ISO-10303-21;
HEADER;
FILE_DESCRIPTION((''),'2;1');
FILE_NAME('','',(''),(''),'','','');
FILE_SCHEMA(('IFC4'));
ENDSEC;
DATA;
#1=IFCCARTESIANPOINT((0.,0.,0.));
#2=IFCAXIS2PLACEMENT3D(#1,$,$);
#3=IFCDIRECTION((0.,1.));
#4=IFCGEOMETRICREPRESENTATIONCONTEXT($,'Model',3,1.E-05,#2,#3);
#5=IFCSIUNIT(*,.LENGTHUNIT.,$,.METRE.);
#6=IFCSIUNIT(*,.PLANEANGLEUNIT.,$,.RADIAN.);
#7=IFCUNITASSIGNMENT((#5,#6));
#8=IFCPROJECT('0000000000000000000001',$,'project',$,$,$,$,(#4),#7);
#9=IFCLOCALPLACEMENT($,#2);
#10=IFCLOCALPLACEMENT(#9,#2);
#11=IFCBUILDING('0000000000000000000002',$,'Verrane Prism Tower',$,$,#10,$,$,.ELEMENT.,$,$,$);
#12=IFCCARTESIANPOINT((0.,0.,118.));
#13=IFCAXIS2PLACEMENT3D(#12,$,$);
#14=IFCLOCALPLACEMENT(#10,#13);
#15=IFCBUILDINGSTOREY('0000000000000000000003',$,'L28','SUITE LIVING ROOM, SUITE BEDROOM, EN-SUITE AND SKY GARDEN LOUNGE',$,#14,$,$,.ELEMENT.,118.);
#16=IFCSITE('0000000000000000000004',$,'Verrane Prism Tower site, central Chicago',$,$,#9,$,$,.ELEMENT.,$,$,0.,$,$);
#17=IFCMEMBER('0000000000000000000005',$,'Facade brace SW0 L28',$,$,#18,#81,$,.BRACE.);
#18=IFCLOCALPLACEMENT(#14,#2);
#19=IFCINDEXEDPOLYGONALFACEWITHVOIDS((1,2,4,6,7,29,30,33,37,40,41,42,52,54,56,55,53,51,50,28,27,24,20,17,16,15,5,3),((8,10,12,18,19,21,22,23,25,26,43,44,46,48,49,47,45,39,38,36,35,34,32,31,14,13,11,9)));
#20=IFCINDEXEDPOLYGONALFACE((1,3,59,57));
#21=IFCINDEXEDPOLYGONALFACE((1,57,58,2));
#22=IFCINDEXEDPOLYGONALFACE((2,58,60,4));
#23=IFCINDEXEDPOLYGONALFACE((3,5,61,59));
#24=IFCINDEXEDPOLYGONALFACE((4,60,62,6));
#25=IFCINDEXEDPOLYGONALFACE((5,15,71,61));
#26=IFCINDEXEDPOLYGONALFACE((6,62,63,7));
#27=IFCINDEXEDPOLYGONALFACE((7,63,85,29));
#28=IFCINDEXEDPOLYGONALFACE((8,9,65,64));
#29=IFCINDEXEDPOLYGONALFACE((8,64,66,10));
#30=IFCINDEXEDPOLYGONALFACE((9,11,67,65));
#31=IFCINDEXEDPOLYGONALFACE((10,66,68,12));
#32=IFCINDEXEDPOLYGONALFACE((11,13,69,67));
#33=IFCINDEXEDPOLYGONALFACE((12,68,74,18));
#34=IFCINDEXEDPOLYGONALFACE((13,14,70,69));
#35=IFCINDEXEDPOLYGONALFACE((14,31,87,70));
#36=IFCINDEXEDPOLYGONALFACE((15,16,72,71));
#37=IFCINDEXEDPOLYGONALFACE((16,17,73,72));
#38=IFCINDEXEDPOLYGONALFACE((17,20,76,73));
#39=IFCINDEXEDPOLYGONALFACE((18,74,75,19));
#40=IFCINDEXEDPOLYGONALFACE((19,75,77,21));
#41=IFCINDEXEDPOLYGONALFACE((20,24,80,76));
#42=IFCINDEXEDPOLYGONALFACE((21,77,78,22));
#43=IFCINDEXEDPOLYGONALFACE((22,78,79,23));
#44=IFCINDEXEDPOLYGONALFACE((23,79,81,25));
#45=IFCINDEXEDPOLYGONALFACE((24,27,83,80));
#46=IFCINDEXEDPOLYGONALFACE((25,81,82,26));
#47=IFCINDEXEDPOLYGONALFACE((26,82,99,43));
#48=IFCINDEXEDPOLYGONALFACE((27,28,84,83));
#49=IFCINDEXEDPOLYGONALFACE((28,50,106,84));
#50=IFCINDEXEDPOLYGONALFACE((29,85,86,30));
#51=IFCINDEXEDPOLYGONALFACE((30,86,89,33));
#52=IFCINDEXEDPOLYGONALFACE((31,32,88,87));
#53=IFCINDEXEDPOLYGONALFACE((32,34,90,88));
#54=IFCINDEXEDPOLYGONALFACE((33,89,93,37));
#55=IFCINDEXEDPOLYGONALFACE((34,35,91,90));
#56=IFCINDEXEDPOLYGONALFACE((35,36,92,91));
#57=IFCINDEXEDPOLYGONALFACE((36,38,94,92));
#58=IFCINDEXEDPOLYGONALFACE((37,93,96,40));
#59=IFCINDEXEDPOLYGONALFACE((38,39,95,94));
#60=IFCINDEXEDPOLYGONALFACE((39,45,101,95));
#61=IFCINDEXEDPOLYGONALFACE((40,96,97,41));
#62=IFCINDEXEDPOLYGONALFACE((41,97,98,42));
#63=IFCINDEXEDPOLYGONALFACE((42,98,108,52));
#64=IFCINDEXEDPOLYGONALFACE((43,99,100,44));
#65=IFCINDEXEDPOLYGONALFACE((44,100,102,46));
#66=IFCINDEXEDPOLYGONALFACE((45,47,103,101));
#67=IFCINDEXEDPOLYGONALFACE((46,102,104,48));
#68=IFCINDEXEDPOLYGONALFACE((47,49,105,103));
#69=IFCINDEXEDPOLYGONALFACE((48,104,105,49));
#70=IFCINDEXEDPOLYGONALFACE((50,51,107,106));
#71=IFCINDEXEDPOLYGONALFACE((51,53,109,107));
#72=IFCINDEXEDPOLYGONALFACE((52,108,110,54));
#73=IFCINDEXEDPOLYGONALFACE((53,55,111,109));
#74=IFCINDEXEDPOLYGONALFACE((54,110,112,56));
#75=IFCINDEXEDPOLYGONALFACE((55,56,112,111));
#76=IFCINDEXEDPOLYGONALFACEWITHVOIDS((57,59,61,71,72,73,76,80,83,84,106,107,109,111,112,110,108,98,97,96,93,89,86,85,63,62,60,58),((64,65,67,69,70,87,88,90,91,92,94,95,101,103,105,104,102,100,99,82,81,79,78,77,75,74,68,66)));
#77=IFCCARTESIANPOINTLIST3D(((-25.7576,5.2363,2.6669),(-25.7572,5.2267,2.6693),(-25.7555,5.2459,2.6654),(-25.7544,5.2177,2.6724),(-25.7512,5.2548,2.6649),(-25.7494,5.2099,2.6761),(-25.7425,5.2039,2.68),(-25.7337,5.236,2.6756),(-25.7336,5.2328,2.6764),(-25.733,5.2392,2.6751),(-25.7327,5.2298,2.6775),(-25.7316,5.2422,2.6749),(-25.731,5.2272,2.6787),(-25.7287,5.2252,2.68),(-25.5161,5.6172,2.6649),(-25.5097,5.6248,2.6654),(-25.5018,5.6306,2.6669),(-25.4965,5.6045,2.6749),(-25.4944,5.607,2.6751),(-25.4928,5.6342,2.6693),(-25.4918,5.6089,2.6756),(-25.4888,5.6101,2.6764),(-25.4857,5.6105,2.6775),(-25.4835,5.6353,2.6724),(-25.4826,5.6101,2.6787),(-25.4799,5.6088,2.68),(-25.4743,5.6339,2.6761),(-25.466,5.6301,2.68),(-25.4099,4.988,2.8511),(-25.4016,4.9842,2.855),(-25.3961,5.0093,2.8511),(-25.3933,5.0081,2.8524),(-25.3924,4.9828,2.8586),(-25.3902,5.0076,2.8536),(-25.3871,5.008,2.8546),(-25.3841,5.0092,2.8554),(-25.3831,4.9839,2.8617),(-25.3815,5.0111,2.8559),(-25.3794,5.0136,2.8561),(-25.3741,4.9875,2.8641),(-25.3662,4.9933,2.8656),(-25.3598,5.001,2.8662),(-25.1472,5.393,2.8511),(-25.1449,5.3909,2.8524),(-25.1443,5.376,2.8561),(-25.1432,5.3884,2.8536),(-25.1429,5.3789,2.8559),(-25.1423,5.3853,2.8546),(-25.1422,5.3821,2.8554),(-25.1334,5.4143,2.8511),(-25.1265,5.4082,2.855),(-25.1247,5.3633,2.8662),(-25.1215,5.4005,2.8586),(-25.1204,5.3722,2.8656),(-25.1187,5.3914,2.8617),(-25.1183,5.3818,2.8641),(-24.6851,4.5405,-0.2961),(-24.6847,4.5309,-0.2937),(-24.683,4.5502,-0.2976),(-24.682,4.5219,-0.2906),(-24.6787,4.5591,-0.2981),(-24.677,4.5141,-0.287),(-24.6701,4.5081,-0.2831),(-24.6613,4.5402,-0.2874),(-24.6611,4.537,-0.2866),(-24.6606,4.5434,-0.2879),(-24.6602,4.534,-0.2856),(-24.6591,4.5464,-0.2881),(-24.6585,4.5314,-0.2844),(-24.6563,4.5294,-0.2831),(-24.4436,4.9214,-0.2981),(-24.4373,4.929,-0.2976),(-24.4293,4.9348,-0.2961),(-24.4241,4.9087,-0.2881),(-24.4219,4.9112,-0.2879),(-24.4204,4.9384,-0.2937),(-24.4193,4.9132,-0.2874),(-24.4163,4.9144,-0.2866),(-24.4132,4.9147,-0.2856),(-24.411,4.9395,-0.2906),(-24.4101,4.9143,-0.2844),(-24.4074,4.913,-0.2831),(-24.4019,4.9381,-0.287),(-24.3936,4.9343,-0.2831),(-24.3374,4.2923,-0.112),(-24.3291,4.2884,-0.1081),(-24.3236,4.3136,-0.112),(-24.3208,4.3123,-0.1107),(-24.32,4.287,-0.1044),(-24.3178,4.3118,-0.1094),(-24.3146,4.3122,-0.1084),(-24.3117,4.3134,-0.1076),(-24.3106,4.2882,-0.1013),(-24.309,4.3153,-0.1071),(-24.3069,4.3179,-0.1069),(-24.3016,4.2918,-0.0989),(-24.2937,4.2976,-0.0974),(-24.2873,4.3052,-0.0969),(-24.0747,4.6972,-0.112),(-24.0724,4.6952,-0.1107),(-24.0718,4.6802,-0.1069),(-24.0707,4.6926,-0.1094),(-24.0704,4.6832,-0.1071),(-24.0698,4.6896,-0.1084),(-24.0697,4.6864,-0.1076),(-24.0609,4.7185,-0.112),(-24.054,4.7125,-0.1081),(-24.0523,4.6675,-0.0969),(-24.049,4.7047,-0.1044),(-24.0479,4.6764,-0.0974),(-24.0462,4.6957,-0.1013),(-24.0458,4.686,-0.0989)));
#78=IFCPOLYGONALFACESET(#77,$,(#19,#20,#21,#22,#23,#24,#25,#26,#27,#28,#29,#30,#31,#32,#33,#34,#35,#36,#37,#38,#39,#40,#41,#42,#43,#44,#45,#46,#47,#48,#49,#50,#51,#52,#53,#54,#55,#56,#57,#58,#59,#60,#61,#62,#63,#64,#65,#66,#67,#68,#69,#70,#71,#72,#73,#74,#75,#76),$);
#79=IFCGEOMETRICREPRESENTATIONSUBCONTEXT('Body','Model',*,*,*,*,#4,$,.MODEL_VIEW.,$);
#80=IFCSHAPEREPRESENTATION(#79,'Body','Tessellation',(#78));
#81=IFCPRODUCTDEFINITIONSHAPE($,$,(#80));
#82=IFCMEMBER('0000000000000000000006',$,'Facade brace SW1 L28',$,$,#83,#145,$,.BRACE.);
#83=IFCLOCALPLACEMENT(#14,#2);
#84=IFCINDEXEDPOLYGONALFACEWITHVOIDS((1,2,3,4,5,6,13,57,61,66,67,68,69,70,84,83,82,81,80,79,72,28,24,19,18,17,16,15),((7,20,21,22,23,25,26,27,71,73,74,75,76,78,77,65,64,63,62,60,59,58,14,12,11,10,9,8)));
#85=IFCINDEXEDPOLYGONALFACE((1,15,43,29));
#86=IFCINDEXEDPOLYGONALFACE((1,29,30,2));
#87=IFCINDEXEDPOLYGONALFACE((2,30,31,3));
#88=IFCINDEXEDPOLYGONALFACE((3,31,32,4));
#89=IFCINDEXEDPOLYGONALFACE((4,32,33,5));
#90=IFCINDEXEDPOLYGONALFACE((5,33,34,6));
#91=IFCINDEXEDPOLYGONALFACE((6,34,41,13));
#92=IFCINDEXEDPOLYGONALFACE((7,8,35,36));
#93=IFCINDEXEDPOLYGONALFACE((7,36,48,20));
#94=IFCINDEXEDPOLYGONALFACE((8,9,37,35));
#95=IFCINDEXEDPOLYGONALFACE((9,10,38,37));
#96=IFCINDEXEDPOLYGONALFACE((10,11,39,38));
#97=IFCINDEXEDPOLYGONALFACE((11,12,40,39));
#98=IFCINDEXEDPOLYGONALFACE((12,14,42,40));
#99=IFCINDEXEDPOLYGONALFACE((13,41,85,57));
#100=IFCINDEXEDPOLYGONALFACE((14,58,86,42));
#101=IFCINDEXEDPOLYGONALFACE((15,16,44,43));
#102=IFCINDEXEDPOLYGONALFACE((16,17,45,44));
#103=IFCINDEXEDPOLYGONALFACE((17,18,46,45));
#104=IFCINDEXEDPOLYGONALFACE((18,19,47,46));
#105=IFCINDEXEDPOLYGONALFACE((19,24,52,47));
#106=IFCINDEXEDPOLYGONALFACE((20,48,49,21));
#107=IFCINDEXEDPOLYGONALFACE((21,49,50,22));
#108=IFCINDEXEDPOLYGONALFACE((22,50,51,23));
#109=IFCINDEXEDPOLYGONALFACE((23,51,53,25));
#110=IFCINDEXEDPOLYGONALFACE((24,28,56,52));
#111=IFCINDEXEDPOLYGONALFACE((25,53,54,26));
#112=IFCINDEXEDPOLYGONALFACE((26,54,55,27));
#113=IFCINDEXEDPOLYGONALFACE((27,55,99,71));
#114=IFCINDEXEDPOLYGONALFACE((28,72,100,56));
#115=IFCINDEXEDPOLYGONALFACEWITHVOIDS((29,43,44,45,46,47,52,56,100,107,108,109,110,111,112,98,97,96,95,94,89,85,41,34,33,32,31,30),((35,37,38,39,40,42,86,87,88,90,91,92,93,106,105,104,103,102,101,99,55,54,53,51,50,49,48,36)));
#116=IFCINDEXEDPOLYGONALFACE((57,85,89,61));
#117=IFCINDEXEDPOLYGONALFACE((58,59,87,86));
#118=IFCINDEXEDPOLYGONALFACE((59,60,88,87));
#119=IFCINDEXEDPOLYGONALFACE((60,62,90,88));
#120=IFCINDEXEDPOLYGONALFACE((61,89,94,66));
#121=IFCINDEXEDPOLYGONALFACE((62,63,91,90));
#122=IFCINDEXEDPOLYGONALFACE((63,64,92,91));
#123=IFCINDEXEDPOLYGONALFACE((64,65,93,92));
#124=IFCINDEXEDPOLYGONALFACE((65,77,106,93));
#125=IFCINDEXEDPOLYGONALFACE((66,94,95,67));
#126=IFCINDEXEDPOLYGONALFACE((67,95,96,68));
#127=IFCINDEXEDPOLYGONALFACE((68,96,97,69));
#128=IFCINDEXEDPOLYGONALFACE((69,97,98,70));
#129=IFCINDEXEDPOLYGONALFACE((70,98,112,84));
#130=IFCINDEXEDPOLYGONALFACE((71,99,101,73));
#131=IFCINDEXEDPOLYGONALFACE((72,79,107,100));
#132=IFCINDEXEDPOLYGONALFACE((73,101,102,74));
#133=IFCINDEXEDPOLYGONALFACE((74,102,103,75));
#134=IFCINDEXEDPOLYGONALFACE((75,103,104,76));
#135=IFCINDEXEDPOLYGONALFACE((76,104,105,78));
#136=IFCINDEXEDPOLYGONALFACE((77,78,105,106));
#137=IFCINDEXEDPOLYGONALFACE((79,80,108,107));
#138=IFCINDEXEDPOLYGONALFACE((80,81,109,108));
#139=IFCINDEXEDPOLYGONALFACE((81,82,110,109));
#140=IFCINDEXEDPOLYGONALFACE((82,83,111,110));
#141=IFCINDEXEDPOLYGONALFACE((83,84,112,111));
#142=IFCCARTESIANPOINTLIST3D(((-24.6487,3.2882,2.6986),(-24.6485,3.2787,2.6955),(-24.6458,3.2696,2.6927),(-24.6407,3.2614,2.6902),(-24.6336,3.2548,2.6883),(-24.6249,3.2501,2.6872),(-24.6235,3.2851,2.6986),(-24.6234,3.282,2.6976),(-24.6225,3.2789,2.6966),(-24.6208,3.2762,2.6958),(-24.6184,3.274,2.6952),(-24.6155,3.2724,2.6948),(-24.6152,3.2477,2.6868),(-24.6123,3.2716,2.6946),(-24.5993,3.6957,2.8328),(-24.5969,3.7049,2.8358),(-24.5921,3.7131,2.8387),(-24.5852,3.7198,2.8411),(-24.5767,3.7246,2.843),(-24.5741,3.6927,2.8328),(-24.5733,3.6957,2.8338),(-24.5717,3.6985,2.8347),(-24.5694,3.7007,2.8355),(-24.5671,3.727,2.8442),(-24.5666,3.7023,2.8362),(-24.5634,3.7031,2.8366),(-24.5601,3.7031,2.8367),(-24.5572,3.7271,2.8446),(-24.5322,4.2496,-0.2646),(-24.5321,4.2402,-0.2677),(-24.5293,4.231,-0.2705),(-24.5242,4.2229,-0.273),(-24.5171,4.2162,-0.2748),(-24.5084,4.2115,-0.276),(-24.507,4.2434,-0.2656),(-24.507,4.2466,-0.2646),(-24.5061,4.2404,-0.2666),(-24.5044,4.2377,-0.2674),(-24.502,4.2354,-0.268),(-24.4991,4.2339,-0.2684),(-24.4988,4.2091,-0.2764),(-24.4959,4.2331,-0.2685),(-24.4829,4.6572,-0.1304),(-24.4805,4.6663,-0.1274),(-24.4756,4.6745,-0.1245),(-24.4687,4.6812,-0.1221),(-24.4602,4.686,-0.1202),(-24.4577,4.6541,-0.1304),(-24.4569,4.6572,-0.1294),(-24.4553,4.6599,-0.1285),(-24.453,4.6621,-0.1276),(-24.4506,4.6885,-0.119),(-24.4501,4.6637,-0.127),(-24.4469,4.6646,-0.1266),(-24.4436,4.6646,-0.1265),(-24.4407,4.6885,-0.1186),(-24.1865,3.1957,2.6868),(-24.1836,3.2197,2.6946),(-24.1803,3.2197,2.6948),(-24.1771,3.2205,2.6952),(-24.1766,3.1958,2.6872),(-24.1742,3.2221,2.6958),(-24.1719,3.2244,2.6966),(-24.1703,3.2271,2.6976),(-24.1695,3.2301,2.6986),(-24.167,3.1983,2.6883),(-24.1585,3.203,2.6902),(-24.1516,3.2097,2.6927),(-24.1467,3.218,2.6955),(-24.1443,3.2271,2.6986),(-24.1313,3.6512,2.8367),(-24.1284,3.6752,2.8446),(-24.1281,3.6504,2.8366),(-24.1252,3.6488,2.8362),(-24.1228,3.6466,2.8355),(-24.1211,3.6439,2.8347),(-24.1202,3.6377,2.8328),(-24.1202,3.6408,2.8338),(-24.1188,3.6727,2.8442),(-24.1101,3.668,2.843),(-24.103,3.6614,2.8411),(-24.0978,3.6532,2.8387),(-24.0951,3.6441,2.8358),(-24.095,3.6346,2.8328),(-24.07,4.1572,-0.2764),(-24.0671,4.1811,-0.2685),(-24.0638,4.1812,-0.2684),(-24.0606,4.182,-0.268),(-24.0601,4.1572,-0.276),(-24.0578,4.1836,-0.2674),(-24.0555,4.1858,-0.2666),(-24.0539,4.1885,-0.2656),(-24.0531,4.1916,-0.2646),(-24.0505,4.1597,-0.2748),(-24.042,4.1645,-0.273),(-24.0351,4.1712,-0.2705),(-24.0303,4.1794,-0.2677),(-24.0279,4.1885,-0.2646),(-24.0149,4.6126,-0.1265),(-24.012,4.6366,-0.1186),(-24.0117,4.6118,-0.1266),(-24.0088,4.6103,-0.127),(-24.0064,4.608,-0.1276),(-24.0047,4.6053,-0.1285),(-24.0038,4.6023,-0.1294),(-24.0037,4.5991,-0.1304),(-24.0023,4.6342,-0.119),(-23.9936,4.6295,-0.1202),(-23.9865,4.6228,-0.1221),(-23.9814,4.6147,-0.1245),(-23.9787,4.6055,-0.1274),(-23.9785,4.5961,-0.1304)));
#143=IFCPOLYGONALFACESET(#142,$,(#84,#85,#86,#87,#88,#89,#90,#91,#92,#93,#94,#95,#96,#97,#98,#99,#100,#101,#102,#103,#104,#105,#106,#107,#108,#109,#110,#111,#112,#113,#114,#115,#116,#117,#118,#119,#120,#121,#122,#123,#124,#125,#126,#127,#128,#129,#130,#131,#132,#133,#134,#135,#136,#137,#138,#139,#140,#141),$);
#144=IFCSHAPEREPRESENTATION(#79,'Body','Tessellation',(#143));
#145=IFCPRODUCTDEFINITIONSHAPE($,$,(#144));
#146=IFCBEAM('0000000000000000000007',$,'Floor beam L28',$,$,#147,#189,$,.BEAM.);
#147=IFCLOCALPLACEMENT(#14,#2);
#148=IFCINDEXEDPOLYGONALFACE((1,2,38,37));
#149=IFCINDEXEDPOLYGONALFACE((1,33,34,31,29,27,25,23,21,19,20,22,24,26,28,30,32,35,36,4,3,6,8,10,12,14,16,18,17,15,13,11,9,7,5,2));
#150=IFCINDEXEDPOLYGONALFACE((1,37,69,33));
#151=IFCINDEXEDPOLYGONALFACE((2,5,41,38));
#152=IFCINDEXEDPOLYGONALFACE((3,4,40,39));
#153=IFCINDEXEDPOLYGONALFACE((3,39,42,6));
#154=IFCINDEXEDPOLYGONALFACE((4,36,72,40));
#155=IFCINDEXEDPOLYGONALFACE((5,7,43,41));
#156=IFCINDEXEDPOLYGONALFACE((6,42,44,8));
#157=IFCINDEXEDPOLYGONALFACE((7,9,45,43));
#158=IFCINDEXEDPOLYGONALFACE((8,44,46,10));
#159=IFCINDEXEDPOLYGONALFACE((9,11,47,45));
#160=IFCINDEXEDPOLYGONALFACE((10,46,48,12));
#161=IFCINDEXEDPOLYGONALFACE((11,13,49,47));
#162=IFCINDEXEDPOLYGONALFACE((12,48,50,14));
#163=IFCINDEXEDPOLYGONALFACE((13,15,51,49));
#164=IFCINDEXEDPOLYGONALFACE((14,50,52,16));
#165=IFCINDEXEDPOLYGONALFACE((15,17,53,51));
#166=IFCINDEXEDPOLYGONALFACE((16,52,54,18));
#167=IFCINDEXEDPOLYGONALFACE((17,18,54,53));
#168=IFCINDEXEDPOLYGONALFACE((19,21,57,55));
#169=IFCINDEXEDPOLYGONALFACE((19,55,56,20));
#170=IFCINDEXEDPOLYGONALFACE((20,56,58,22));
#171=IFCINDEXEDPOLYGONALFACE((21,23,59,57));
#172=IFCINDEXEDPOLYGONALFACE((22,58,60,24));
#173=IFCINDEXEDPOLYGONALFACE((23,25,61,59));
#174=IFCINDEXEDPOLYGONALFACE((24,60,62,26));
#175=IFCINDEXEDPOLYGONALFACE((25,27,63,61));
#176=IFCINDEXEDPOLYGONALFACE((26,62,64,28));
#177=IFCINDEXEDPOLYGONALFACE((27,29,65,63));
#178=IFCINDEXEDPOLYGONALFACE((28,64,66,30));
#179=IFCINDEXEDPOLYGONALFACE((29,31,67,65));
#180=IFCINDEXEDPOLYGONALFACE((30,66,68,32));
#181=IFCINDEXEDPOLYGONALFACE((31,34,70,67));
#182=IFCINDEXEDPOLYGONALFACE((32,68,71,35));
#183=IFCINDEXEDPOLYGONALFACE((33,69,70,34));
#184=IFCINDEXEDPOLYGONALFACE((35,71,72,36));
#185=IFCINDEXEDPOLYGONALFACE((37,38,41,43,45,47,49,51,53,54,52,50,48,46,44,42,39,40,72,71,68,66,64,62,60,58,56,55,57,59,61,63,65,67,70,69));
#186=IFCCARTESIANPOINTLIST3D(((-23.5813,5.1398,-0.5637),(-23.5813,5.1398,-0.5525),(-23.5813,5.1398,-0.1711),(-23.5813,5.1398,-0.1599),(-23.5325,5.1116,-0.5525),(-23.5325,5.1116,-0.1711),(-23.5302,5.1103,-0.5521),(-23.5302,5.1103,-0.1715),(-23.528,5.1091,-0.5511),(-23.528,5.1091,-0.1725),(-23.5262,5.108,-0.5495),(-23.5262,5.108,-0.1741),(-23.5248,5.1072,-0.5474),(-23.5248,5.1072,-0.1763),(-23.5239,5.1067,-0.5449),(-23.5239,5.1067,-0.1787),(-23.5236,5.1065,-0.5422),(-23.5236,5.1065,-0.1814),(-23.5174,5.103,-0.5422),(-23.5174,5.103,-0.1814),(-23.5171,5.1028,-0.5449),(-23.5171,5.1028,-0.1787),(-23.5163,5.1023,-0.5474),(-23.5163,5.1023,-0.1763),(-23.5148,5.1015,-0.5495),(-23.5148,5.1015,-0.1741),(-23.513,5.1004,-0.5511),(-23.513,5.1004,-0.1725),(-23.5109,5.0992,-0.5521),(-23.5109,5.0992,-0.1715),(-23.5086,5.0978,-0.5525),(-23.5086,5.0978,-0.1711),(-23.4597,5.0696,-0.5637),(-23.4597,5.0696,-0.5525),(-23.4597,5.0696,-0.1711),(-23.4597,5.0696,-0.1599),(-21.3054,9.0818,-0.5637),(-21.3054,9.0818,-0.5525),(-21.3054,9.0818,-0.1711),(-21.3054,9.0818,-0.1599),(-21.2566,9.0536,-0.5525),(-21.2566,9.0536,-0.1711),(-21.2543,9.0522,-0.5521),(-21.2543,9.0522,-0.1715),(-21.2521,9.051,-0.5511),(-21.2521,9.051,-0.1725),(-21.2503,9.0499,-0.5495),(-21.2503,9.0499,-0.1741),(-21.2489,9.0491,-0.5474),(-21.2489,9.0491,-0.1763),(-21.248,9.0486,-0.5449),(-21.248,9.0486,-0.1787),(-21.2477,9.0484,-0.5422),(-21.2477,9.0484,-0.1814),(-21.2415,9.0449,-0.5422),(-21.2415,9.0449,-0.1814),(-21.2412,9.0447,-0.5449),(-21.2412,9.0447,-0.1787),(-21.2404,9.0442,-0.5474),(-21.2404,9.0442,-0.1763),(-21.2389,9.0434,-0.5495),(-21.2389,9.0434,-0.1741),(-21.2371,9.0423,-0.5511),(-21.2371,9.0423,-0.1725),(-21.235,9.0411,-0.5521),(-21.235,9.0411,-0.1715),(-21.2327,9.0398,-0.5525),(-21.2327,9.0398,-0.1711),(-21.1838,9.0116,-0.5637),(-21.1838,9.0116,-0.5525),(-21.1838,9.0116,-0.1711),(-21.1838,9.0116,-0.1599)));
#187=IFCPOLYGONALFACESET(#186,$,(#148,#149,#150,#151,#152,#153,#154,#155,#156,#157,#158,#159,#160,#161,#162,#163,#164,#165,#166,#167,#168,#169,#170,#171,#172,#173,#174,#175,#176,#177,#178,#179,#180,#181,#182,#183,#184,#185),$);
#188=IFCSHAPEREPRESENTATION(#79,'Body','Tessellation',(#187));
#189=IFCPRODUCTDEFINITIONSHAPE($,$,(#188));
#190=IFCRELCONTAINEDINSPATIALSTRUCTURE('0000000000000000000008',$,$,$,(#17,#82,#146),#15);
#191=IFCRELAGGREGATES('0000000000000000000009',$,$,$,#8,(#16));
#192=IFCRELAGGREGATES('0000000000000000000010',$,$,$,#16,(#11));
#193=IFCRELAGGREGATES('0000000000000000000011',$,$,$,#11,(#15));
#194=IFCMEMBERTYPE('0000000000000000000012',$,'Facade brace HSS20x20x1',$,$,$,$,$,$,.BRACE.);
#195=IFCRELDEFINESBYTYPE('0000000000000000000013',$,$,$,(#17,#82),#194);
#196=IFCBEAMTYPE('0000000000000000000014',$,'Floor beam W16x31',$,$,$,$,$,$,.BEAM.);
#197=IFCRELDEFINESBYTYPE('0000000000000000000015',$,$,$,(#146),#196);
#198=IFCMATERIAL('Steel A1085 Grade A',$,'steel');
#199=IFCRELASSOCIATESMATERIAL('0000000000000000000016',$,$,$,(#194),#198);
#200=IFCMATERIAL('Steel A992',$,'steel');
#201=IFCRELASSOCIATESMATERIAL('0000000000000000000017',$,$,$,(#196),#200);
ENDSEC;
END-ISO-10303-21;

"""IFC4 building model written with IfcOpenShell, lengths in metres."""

from ifc_helpers import new_model, si_unit, direction, frame, origin, origin_2d, place, context, subcontext, project, spatial, hollow_rectangle, i_section, extrude, material, material_profile, profile_set, type_object, element, save


model = new_model("IFC4")

# Units and contexts
model_context = context("Model", 3, precision=1e-05, world=origin(), true_north=direction((0.0, 1.0)))
body_context = subcontext(model_context, "Body", "Model", "MODEL_VIEW")
ifc_project = project(units=[si_unit("LENGTHUNIT", "METRE"), si_unit("PLANEANGLEUNIT", "RADIAN")], contexts=[model_context])

# Site, building, storey
site_placement = place(None, origin())
site = spatial("IfcSite", under=ifc_project, at=site_placement, Name="Verrane Prism Tower site, central Chicago", CompositionType="ELEMENT", RefElevation=0.0)
building_placement = place(site_placement, origin())
building = spatial("IfcBuilding", under=site, at=building_placement, Name="Verrane Prism Tower", CompositionType="ELEMENT")
storey_placement = place(building_placement, frame((0.0, 0.0, 118.0)))
storey = spatial("IfcBuildingStorey", under=building, at=storey_placement, Name="L28", Description="SUITE LIVING ROOM, SUITE BEDROOM, EN-SUITE AND SKY GARDEN LOUNGE", CompositionType="ELEMENT", Elevation=118.0)

# Members
ifc_material_1 = material(Name="Steel A1085 Grade A", Category="steel")
ifc_material_profile_1 = material_profile(ifc_material_1, hollow_rectangle(XDim=0.5081, YDim=0.5081, WallThickness=0.0254, InnerFilletRadius=0.0127, OuterFilletRadius=0.0381, at=origin_2d()), Name="HSS20x20x1")
ifc_profile_set_1 = profile_set([ifc_material_profile_1], Name="Steel A1085 Grade A")
member_type_1 = type_object("IfcMemberType", Name="Facade brace HSS20x20x1", PredefinedType="BRACE", material=ifc_profile_set_1)
member_1_placement = place(storey_placement, frame((-24.3655, 4.6133, -0.1975), z_axis=(-0.332338, 0.215608, 0.918186), x_axis=(-0.544256, -0.838919, 0.0)))
element("IfcMember", 1, at=member_1_placement, inside=storey, type_object=member_type_1, Name="Facade brace SW0 L28", PredefinedType="BRACE", context=body_context, shape_type="SweptSolid", body=[
    extrude(hollow_rectangle(XDim=0.5081, YDim=0.5081, WallThickness=0.0254, InnerFilletRadius=0.0127, OuterFilletRadius=0.0381, at=origin_2d()), origin(), (0.0, 0.0, 1.0), 3.2271),
])
member_2_placement = place(storey_placement, frame((-24.2554, 4.4229, -0.1975), z_axis=(-0.037357, -0.308408, 0.95052), x_axis=(0.992744, -0.120249, 0.0)))
element("IfcMember", 2, at=member_2_placement, inside=storey, type_object=member_type_1, Name="Facade brace SW1 L28", PredefinedType="BRACE", context=body_context, shape_type="SweptSolid", body=[
    extrude(hollow_rectangle(XDim=0.5081, YDim=0.5081, WallThickness=0.0254, InnerFilletRadius=0.0127, OuterFilletRadius=0.0381, at=origin_2d()), origin(), (0.0, 0.0, 1.0), 3.1174),
])

# Beam
ifc_material_2 = material(Name="Steel A992", Category="steel")
ifc_material_profile_2 = material_profile(ifc_material_2, i_section(OverallWidth=0.1404, OverallDepth=0.4038, WebThickness=0.0071, FlangeThickness=0.0112, FilletRadius=0.0103, at=origin_2d()), Name="W16x31")
ifc_profile_set_2 = profile_set([ifc_material_profile_2], Name="Steel A992")
beam_type_1 = type_object("IfcBeamType", Name="Floor beam W16x31", PredefinedType="BEAM", material=ifc_profile_set_2)
beam_1_placement = place(storey_placement, frame((-23.5205, 5.1047, -0.3618), z_axis=(0.500004, 0.866023, 0.0), x_axis=(-0.866023, 0.500004, 0.0)))
element("IfcBeam", 3, at=beam_1_placement, inside=storey, type_object=beam_type_1, Name="Floor beam L28", PredefinedType="BEAM", context=body_context, shape_type="SweptSolid", body=[
    extrude(i_section(OverallWidth=0.1404, OverallDepth=0.4038, WebThickness=0.0071, FlangeThickness=0.0112, FilletRadius=0.0103, at=origin_2d()), origin(), (0.0, 0.0, 1.0), 4.5518),
])

save(model, "model.ifc")
